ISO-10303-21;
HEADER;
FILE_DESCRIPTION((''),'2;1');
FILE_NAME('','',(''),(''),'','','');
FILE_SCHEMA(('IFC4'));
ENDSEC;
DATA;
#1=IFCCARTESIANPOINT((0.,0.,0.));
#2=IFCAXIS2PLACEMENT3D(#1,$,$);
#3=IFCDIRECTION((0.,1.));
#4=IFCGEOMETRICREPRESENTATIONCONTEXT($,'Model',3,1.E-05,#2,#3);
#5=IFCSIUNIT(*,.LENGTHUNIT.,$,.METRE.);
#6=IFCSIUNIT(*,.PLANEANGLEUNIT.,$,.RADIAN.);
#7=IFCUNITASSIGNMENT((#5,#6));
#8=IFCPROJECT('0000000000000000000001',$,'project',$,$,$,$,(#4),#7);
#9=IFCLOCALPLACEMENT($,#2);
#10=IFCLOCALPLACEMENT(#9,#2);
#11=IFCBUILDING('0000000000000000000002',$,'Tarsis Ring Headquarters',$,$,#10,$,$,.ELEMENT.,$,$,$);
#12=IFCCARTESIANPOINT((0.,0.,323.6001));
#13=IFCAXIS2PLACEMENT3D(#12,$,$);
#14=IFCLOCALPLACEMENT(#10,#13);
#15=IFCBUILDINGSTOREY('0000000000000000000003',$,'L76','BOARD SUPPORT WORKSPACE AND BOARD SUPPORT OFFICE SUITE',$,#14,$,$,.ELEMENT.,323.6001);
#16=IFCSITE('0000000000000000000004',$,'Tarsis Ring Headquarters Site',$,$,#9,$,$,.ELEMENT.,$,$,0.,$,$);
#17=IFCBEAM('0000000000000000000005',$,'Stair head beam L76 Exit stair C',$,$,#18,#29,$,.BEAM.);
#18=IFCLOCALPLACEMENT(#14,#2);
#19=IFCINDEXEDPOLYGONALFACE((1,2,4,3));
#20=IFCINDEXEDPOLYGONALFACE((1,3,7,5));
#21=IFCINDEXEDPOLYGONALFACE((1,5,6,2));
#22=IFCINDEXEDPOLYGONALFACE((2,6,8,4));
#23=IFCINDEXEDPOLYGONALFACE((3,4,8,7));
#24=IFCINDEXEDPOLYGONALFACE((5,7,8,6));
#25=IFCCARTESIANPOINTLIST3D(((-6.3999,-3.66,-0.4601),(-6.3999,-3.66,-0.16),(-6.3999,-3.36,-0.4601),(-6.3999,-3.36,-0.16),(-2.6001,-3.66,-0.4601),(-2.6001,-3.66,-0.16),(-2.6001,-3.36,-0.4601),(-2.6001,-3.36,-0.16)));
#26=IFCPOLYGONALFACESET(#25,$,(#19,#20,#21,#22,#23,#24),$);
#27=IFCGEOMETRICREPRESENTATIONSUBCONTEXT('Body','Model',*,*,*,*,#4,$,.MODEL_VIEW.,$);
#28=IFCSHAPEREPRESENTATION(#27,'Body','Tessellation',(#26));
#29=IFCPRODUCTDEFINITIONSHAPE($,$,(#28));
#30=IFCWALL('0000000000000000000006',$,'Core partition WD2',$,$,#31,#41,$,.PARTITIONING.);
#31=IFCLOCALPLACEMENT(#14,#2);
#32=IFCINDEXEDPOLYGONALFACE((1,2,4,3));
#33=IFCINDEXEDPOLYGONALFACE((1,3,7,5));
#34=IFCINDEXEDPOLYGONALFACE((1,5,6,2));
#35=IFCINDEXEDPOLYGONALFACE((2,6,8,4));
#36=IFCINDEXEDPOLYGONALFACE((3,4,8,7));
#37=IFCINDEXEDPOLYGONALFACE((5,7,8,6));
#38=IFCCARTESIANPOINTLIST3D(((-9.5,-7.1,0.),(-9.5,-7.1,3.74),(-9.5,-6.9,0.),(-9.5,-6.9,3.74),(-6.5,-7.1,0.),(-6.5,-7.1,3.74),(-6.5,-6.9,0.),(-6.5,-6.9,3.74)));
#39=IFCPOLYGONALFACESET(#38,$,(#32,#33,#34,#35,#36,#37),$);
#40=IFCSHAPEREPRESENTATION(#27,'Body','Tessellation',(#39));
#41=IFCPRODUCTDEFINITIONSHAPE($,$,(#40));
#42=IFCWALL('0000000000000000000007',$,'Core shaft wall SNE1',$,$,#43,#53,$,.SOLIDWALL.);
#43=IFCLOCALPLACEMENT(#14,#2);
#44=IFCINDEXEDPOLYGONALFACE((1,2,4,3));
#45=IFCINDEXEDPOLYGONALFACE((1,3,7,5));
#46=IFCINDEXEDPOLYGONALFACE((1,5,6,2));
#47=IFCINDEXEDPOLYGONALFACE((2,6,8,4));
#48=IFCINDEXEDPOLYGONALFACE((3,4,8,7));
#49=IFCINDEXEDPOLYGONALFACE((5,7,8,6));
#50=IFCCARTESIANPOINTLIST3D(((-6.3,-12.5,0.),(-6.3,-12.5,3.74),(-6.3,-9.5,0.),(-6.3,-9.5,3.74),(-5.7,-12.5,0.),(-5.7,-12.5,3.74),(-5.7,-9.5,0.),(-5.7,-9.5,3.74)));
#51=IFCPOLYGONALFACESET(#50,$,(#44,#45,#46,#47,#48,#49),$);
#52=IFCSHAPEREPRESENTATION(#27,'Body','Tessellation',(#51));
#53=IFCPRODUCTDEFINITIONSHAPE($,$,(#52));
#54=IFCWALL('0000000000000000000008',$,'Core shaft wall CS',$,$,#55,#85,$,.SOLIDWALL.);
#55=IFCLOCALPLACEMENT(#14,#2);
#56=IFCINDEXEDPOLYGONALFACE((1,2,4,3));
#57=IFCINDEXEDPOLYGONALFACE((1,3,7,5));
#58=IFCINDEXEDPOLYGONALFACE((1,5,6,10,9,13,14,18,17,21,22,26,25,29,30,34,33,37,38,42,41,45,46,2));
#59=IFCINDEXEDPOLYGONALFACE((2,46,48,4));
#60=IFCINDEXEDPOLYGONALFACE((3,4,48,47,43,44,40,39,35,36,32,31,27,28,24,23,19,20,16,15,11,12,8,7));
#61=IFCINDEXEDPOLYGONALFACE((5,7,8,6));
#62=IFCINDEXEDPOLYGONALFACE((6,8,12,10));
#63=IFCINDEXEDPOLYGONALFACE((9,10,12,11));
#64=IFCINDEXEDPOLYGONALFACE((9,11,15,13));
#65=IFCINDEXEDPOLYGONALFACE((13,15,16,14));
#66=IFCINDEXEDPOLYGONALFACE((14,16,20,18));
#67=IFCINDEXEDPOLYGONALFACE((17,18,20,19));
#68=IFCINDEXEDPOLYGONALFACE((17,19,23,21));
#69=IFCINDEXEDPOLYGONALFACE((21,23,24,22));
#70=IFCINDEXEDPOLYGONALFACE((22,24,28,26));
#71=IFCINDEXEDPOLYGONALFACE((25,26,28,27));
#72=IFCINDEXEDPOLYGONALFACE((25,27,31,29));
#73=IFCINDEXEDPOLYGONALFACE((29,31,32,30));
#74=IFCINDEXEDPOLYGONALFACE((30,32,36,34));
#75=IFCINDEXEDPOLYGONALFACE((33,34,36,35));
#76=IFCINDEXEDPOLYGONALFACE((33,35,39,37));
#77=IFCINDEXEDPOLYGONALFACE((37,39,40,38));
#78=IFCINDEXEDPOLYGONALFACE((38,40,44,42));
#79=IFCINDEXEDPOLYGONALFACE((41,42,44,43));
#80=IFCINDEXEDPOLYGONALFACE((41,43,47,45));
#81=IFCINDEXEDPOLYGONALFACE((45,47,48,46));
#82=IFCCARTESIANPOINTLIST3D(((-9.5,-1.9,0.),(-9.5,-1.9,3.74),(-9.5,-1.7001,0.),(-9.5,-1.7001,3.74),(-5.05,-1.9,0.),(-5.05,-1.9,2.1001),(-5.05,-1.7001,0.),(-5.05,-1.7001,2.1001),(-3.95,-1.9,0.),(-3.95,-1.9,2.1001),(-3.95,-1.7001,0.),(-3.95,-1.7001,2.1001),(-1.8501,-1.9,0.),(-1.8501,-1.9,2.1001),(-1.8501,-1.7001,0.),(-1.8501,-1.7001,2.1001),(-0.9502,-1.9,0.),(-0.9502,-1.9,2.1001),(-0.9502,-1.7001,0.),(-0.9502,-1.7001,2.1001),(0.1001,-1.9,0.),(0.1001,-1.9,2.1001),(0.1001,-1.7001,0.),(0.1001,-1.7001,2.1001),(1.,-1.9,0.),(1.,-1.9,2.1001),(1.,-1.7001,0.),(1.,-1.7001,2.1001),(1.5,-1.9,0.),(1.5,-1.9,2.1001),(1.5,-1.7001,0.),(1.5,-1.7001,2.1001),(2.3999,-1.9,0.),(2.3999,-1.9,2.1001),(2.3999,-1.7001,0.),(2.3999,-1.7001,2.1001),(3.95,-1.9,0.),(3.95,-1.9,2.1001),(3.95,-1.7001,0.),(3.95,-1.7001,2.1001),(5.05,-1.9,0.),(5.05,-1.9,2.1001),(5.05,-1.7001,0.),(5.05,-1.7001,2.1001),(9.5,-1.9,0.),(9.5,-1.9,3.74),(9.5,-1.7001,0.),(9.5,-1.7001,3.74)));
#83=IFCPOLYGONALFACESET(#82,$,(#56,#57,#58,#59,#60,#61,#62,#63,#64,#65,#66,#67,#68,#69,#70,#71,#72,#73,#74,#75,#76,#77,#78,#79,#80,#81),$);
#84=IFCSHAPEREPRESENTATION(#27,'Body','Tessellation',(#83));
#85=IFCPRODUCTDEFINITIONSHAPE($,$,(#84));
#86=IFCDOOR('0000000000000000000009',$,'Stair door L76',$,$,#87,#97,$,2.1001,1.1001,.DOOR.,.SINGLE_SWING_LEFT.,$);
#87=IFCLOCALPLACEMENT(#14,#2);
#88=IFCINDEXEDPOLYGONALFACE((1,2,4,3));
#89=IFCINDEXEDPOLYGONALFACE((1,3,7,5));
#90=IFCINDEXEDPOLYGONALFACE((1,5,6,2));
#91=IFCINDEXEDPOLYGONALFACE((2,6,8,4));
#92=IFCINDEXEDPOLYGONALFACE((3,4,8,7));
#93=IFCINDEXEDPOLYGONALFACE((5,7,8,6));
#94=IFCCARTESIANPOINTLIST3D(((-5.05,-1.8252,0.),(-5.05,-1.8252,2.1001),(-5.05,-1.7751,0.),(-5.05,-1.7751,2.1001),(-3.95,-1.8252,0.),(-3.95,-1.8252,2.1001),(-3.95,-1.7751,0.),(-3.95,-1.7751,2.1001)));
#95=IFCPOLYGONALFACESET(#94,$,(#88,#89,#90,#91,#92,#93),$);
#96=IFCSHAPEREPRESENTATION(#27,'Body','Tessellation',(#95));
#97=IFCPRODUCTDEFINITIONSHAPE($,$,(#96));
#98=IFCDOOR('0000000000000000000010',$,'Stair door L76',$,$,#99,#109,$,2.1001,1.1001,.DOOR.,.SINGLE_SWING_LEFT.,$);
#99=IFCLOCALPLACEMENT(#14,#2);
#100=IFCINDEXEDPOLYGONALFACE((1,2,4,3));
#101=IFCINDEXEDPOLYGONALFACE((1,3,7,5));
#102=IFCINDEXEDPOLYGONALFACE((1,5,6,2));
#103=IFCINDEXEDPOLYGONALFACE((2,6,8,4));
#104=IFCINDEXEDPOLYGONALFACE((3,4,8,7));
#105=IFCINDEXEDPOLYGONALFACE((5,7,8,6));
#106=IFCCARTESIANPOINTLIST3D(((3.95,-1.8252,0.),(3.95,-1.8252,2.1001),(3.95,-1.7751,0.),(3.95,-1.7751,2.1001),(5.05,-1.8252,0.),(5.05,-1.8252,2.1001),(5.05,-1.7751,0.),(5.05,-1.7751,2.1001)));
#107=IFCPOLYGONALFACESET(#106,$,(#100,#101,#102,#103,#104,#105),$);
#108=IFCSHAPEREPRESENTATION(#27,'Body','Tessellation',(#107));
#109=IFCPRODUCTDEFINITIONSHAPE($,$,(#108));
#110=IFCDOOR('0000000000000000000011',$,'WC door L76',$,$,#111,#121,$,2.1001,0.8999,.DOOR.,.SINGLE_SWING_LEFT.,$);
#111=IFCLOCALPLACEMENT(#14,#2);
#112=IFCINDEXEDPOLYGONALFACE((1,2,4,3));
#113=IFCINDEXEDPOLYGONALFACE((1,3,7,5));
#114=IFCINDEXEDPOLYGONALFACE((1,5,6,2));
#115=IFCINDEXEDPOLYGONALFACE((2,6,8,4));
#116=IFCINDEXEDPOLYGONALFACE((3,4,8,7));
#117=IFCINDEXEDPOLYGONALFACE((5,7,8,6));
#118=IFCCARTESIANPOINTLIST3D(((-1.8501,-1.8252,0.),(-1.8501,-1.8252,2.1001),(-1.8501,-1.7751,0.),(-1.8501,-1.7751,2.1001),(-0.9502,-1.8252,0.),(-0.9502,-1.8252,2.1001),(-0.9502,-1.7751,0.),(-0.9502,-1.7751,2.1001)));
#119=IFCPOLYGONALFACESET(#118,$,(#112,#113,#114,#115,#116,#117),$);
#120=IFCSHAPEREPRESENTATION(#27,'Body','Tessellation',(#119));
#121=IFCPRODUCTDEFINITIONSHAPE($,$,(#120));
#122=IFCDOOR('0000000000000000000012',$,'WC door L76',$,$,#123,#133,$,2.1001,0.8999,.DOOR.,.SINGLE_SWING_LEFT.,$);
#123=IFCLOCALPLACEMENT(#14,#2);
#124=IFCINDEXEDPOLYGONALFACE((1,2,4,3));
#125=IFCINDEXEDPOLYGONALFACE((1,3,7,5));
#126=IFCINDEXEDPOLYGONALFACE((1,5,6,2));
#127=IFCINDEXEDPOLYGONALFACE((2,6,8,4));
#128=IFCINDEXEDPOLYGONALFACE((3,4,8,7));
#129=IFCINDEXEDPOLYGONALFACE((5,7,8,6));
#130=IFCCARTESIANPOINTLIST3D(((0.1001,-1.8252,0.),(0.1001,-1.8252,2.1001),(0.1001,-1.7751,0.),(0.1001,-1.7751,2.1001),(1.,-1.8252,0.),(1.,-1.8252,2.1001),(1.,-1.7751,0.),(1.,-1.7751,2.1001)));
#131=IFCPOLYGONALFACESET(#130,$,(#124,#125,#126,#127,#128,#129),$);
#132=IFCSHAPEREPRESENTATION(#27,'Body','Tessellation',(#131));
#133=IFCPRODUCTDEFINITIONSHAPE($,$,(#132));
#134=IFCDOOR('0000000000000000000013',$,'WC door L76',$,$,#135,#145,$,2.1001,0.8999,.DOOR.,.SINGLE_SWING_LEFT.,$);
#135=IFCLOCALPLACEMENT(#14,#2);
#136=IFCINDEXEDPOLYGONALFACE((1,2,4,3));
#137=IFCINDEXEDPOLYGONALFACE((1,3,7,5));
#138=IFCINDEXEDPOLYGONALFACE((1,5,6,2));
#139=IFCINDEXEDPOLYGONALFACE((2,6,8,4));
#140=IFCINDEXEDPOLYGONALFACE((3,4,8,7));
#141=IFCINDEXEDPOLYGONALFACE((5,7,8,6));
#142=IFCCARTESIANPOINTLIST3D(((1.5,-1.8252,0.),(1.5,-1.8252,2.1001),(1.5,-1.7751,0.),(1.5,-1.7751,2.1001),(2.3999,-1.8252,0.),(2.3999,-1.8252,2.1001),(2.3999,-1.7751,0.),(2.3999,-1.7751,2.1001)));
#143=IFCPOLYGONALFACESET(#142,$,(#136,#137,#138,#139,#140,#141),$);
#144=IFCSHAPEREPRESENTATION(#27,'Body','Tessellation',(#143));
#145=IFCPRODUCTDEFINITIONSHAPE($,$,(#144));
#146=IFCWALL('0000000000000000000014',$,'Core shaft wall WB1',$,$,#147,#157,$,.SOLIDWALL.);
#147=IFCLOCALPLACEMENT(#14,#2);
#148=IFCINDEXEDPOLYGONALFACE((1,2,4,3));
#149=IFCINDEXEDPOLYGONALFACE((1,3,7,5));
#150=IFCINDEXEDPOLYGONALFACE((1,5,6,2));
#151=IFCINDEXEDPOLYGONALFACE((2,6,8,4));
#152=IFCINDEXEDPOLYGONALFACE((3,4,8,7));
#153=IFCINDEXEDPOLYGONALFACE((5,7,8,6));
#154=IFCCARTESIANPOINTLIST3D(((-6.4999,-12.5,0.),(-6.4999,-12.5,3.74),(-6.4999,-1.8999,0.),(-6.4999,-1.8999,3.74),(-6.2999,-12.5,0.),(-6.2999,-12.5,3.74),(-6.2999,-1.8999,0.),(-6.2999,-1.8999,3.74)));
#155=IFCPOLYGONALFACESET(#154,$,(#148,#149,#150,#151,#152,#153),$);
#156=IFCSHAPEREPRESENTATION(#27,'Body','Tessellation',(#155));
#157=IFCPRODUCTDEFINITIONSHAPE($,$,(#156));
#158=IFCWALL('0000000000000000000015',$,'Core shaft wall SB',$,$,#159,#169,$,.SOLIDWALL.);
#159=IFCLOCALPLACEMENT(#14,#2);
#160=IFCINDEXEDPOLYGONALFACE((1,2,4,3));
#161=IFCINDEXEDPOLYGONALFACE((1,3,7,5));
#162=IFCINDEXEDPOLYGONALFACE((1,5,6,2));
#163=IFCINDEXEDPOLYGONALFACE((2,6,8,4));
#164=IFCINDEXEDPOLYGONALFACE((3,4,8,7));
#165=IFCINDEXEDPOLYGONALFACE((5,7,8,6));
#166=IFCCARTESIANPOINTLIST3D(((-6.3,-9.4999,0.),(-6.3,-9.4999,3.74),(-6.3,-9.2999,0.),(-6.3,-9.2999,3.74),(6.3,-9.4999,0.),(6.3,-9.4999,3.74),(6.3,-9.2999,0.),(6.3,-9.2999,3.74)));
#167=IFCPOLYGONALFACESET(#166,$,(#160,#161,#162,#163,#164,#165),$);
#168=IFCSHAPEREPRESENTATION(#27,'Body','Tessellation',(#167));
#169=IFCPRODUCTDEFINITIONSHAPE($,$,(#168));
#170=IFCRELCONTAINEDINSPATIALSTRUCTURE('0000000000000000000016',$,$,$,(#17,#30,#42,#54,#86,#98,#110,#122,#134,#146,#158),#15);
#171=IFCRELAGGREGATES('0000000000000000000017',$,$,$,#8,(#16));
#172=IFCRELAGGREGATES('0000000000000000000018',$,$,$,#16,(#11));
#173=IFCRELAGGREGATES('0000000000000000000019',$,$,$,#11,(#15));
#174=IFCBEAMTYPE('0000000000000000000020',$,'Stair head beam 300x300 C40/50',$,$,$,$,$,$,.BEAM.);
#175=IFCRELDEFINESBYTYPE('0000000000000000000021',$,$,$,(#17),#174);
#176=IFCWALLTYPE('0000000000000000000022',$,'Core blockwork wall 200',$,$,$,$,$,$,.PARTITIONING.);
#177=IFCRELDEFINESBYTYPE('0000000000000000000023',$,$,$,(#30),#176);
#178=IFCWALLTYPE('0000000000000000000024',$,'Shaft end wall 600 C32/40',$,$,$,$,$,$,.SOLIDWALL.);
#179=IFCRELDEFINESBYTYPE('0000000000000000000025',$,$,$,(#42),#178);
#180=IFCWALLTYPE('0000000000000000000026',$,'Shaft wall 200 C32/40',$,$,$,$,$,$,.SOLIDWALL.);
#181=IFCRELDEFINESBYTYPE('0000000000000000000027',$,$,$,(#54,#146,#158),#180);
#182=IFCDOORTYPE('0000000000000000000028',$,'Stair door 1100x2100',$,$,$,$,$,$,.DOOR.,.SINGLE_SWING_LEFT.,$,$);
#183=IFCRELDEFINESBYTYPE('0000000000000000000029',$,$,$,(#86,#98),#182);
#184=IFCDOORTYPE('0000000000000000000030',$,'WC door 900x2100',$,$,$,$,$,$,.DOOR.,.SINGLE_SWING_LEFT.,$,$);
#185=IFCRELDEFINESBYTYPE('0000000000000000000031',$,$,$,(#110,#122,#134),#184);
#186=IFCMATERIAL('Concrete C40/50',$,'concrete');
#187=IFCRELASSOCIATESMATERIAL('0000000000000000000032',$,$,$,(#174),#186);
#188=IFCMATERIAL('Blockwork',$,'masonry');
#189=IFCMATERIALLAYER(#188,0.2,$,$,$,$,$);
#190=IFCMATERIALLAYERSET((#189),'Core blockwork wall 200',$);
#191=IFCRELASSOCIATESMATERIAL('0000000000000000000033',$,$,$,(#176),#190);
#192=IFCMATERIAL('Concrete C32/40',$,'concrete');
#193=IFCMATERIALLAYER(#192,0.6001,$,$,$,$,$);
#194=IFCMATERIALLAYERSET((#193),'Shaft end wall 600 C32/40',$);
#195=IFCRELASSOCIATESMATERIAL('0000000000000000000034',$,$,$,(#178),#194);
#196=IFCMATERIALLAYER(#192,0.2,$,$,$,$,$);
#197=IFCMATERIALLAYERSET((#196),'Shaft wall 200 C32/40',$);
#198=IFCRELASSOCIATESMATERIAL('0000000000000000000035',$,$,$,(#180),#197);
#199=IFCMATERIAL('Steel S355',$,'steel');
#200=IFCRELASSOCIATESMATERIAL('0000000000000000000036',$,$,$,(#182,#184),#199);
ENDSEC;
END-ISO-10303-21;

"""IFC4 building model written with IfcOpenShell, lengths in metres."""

from ifc_helpers import new_model, si_unit, direction, frame, frame_2d, origin, origin_2d, place, context, subcontext, project, spatial, rectangle, extrude, material, layer, layer_set, material_profile, profile_set, type_object, element, fill, save


model = new_model("IFC4")

# Units and contexts
model_context = context("Model", 3, precision=1e-05, world=origin(), true_north=direction((0.0, 1.0)))
body_context = subcontext(model_context, "Body", "Model", "MODEL_VIEW")
ifc_project = project(units=[si_unit("LENGTHUNIT", "METRE"), si_unit("PLANEANGLEUNIT", "RADIAN")], contexts=[model_context])

# Site, building, storey
site_placement = place(None, origin())
site = spatial("IfcSite", under=ifc_project, at=site_placement, Name="Tarsis Ring Headquarters Site", CompositionType="ELEMENT", RefElevation=0.0)
building_placement = place(site_placement, origin())
building = spatial("IfcBuilding", under=site, at=building_placement, Name="Tarsis Ring Headquarters", CompositionType="ELEMENT")
storey_placement = place(building_placement, frame((0.0, 0.0, 323.6001)))
storey = spatial("IfcBuildingStorey", under=building, at=storey_placement, Name="L76", Description="BOARD SUPPORT WORKSPACE AND BOARD SUPPORT OFFICE SUITE", CompositionType="ELEMENT", Elevation=323.6001)

# Beam
ifc_material_1 = material(Name="Concrete C40/50", Category="concrete")
ifc_material_profile = material_profile(ifc_material_1, rectangle(XDim=0.3, YDim=0.3, at=origin_2d()), Name="Stair head beam 300x300 C40/50")
ifc_profile_set = profile_set([ifc_material_profile], Name="Concrete C40/50")
beam_type = type_object("IfcBeamType", Name="Stair head beam 300x300 C40/50", PredefinedType="BEAM", material=ifc_profile_set)
beam_placement = place(storey_placement, frame((-6.3999, -3.51, -0.3101), z_axis=(1.0, 0.0, 0.0), x_axis=(0.0, 1.0, 0.0)))
element("IfcBeam", 1, at=beam_placement, inside=storey, type_object=beam_type, Name="Stair head beam L76 Exit stair C", PredefinedType="BEAM", context=body_context, shape_type="SweptSolid", body=[
    extrude(rectangle(XDim=0.3, YDim=0.3, at=origin_2d()), origin(), (0.0, 0.0, 1.0), 3.7998),
])

# Walls
ifc_material_2 = material(Name="Blockwork", Category="masonry")
ifc_layer_1 = layer(ifc_material_2, 0.2)
ifc_layer_set_1 = layer_set([ifc_layer_1], Name="Core blockwork wall 200")
wall_type_1 = type_object("IfcWallType", Name="Core blockwork wall 200", PredefinedType="PARTITIONING", material=ifc_layer_set_1)
wall_1_placement = place(storey_placement, frame((-9.5, -7.0, 0.0), z_axis=(0.0, 0.0, 1.0), x_axis=(1.0, 0.0, 0.0)))
element("IfcWall", 2, at=wall_1_placement, inside=storey, type_object=wall_type_1, Name="Core partition WD2", PredefinedType="PARTITIONING", context=body_context, shape_type="SweptSolid", body=[
    extrude(rectangle(XDim=3.0, YDim=0.2, at=frame_2d((1.5, 0.0))), origin(), (0.0, 0.0, 1.0), 3.74),
])
ifc_material_3 = material(Name="Concrete C32/40", Category="concrete")
ifc_layer_2 = layer(ifc_material_3, 0.6001)
ifc_layer_set_2 = layer_set([ifc_layer_2], Name="Shaft end wall 600 C32/40")
wall_type_2 = type_object("IfcWallType", Name="Shaft end wall 600 C32/40", PredefinedType="SOLIDWALL", material=ifc_layer_set_2)
wall_2_placement = place(storey_placement, frame((-6.0, -12.5, 0.0), z_axis=(0.0, 0.0, 1.0), x_axis=(0.0, 1.0, 0.0)))
element("IfcWall", 3, at=wall_2_placement, inside=storey, type_object=wall_type_2, Name="Core shaft wall SNE1", PredefinedType="SOLIDWALL", context=body_context, shape_type="SweptSolid", body=[
    extrude(rectangle(XDim=3.0, YDim=0.6001, at=frame_2d((1.5, 0.0))), origin(), (0.0, 0.0, 1.0), 3.74),
])

# Wall, openings, doors
ifc_layer_3 = layer(ifc_material_3, 0.2)
ifc_layer_set_3 = layer_set([ifc_layer_3], Name="Shaft wall 200 C32/40")
wall_type_3 = type_object("IfcWallType", Name="Shaft wall 200 C32/40", PredefinedType="SOLIDWALL", material=ifc_layer_set_3)
wall_3_placement = place(storey_placement, frame((-9.5, -1.8, 0.0), z_axis=(0.0, 0.0, 1.0), x_axis=(1.0, 0.0, 0.0)))
wall_3 = element("IfcWall", 4, at=wall_3_placement, inside=storey, type_object=wall_type_3, Name="Core shaft wall CS", PredefinedType="SOLIDWALL", context=body_context, shape_type="SweptSolid", body=[
    extrude(rectangle(XDim=19.0, YDim=0.2, at=frame_2d((9.5, 0.0))), origin(), (0.0, 0.0, 1.0), 3.74),
])
opening_1_placement = place(wall_3_placement, frame((4.45, 0.0, 0.0)))
opening_1 = element("IfcOpeningElement", 5, at=opening_1_placement, cuts=wall_3, PredefinedType="OPENING", context=body_context, shape_type="SweptSolid", body=[
    extrude(rectangle(XDim=1.1001, YDim=2.1001, at=frame_2d((0.55, 1.05))), frame((0.0, 0.1099, 0.0), z_axis=(0.0, -1.0, 0.0), x_axis=(1.0, 0.0, 0.0)), (0.0, 0.0, 1.0), 0.22),
])
opening_2_placement = place(wall_3_placement, frame((7.6499, 0.0, 0.0)))
opening_2 = element("IfcOpeningElement", 6, at=opening_2_placement, cuts=wall_3, PredefinedType="OPENING", context=body_context, shape_type="SweptSolid", body=[
    extrude(rectangle(XDim=0.8999, YDim=2.1001, at=frame_2d((0.45, 1.05))), frame((0.0, 0.1099, 0.0), z_axis=(0.0, -1.0, 0.0), x_axis=(1.0, 0.0, 0.0)), (0.0, 0.0, 1.0), 0.22),
])
opening_3_placement = place(wall_3_placement, frame((9.6001, 0.0, 0.0)))
opening_3 = element("IfcOpeningElement", 7, at=opening_3_placement, cuts=wall_3, PredefinedType="OPENING", context=body_context, shape_type="SweptSolid", body=[
    extrude(rectangle(XDim=0.8999, YDim=2.1001, at=frame_2d((0.45, 1.05))), frame((0.0, 0.1099, 0.0), z_axis=(0.0, -1.0, 0.0), x_axis=(1.0, 0.0, 0.0)), (0.0, 0.0, 1.0), 0.22),
])
opening_4_placement = place(wall_3_placement, frame((11.0, 0.0, 0.0)))
opening_4 = element("IfcOpeningElement", 8, at=opening_4_placement, cuts=wall_3, PredefinedType="OPENING", context=body_context, shape_type="SweptSolid", body=[
    extrude(rectangle(XDim=0.8999, YDim=2.1001, at=frame_2d((0.45, 1.05))), frame((0.0, 0.1099, 0.0), z_axis=(0.0, -1.0, 0.0), x_axis=(1.0, 0.0, 0.0)), (0.0, 0.0, 1.0), 0.22),
])
opening_5_placement = place(wall_3_placement, frame((13.45, 0.0, 0.0)))
opening_5 = element("IfcOpeningElement", 9, at=opening_5_placement, cuts=wall_3, PredefinedType="OPENING", context=body_context, shape_type="SweptSolid", body=[
    extrude(rectangle(XDim=1.1001, YDim=2.1001, at=frame_2d((0.55, 1.05))), frame((0.0, 0.1099, 0.0), z_axis=(0.0, -1.0, 0.0), x_axis=(1.0, 0.0, 0.0)), (0.0, 0.0, 1.0), 0.22),
])
ifc_material_4 = material(Name="Steel S355", Category="steel")
door_type_1 = type_object("IfcDoorType", Name="Stair door 1100x2100", OperationType="SINGLE_SWING_LEFT", PredefinedType="DOOR", material=ifc_material_4)
door_1_placement = place(opening_1_placement, origin())
door_1 = element("IfcDoor", 10, at=door_1_placement, inside=storey, type_object=door_type_1, Name="Stair door L76", OperationType="SINGLE_SWING_LEFT", OverallHeight=2.1001, OverallWidth=1.1001, PredefinedType="DOOR", context=body_context, shape_type="SweptSolid", body=[
    extrude(rectangle(XDim=1.1001, YDim=2.1001, at=frame_2d((0.55, 1.05))), frame((0.0, 0.0249, 0.0), z_axis=(0.0, -1.0, 0.0), x_axis=(1.0, 0.0, 0.0)), (0.0, 0.0, 1.0), 0.05),
])
fill(opening_1, door_1)
door_2_placement = place(opening_5_placement, origin())
door_2 = element("IfcDoor", 11, at=door_2_placement, inside=storey, type_object=door_type_1, Name="Stair door L76", OperationType="SINGLE_SWING_LEFT", OverallHeight=2.1001, OverallWidth=1.1001, PredefinedType="DOOR", context=body_context, shape_type="SweptSolid", body=[
    extrude(rectangle(XDim=1.1001, YDim=2.1001, at=frame_2d((0.55, 1.05))), frame((0.0, 0.0249, 0.0), z_axis=(0.0, -1.0, 0.0), x_axis=(1.0, 0.0, 0.0)), (0.0, 0.0, 1.0), 0.05),
])
fill(opening_5, door_2)
door_type_2 = type_object("IfcDoorType", Name="WC door 900x2100", OperationType="SINGLE_SWING_LEFT", PredefinedType="DOOR", material=ifc_material_4)
door_3_placement = place(opening_2_placement, origin())
door_3 = element("IfcDoor", 12, at=door_3_placement, inside=storey, type_object=door_type_2, Name="WC door L76", OperationType="SINGLE_SWING_LEFT", OverallHeight=2.1001, OverallWidth=0.8999, PredefinedType="DOOR", context=body_context, shape_type="SweptSolid", body=[
    extrude(rectangle(XDim=0.8999, YDim=2.1001, at=frame_2d((0.45, 1.05))), frame((0.0, 0.0249, 0.0), z_axis=(0.0, -1.0, 0.0), x_axis=(1.0, 0.0, 0.0)), (0.0, 0.0, 1.0), 0.05),
])
fill(opening_2, door_3)
door_4_placement = place(opening_3_placement, origin())
door_4 = element("IfcDoor", 13, at=door_4_placement, inside=storey, type_object=door_type_2, Name="WC door L76", OperationType="SINGLE_SWING_LEFT", OverallHeight=2.1001, OverallWidth=0.8999, PredefinedType="DOOR", context=body_context, shape_type="SweptSolid", body=[
    extrude(rectangle(XDim=0.8999, YDim=2.1001, at=frame_2d((0.45, 1.05))), frame((0.0, 0.0249, 0.0), z_axis=(0.0, -1.0, 0.0), x_axis=(1.0, 0.0, 0.0)), (0.0, 0.0, 1.0), 0.05),
])
fill(opening_3, door_4)
door_5_placement = place(opening_4_placement, origin())
door_5 = element("IfcDoor", 14, at=door_5_placement, inside=storey, type_object=door_type_2, Name="WC door L76", OperationType="SINGLE_SWING_LEFT", OverallHeight=2.1001, OverallWidth=0.8999, PredefinedType="DOOR", context=body_context, shape_type="SweptSolid", body=[
    extrude(rectangle(XDim=0.8999, YDim=2.1001, at=frame_2d((0.45, 1.05))), frame((0.0, 0.0249, 0.0), z_axis=(0.0, -1.0, 0.0), x_axis=(1.0, 0.0, 0.0)), (0.0, 0.0, 1.0), 0.05),
])
fill(opening_4, door_5)

# Walls
wall_4_placement = place(storey_placement, frame((-6.3999, -12.5, 0.0), z_axis=(0.0, 0.0, 1.0), x_axis=(0.0, 1.0, 0.0)))
element("IfcWall", 15, at=wall_4_placement, inside=storey, type_object=wall_type_3, Name="Core shaft wall WB1", PredefinedType="SOLIDWALL", context=body_context, shape_type="SweptSolid", body=[
    extrude(rectangle(XDim=10.6001, YDim=0.2, at=frame_2d((5.3, 0.0))), origin(), (0.0, 0.0, 1.0), 3.74),
])
wall_5_placement = place(storey_placement, frame((-6.3, -9.3999, 0.0), z_axis=(0.0, 0.0, 1.0), x_axis=(1.0, 0.0, 0.0)))
element("IfcWall", 16, at=wall_5_placement, inside=storey, type_object=wall_type_3, Name="Core shaft wall SB", PredefinedType="SOLIDWALL", context=body_context, shape_type="SweptSolid", body=[
    extrude(rectangle(XDim=12.6001, YDim=0.2, at=frame_2d((6.3, 0.0))), origin(), (0.0, 0.0, 1.0), 3.74),
])

save(model, "model.ifc")
